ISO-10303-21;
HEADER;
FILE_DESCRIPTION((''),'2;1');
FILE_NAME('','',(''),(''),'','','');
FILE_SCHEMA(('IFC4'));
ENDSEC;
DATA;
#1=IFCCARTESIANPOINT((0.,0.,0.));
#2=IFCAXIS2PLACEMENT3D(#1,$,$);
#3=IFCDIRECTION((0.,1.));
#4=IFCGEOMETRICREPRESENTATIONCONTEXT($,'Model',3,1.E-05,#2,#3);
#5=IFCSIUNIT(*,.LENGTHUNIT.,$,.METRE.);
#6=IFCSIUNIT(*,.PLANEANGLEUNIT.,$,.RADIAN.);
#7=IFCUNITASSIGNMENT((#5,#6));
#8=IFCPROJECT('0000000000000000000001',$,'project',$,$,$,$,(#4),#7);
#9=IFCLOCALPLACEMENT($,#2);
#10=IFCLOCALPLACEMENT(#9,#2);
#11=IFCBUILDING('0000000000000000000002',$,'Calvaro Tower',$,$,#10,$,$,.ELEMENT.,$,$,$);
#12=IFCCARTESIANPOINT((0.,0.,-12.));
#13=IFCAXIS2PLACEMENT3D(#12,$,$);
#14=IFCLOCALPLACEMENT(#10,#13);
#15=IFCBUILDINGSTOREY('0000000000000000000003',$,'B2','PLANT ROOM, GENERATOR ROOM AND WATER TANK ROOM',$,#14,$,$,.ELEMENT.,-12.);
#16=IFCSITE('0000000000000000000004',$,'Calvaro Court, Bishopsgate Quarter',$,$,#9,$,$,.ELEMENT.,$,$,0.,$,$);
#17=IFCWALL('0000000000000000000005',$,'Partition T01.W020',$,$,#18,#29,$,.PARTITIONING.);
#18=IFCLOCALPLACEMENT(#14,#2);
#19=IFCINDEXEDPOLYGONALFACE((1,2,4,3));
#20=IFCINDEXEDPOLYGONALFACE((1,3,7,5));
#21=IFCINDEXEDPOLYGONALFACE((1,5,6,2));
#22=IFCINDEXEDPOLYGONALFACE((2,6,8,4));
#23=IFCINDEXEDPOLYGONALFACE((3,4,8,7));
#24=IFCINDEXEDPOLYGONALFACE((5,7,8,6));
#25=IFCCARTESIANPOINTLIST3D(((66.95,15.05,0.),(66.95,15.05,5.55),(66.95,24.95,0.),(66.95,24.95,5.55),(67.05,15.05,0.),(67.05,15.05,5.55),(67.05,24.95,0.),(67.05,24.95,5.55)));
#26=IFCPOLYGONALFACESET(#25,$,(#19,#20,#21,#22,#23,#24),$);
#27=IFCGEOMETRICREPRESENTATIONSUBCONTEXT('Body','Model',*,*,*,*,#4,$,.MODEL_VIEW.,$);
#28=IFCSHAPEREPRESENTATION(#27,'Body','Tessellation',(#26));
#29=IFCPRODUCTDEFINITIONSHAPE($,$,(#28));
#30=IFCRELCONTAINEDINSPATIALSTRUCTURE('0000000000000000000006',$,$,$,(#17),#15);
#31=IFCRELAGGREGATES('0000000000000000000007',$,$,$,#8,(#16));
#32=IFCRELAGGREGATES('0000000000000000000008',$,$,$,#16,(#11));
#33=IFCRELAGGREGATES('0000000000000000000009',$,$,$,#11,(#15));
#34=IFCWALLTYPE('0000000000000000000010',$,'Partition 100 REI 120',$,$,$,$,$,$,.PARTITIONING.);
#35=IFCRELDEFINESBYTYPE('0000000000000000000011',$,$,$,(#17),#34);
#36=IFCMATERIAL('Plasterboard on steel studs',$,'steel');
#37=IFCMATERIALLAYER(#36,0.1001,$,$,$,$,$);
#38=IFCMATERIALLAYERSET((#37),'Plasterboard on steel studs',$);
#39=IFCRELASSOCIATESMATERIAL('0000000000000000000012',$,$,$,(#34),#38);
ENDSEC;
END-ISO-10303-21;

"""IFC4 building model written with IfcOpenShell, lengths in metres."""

from ifc_helpers import new_model, si_unit, direction, frame, frame_2d, origin, place, context, subcontext, project, spatial, rectangle, extrude, material, layer, layer_set, type_object, element, save


model = new_model("IFC4")

# Units and contexts
model_context = context("Model", 3, precision=1e-05, world=origin(), true_north=direction((0.0, 1.0)))
body_context = subcontext(model_context, "Body", "Model", "MODEL_VIEW")
ifc_project = project(units=[si_unit("LENGTHUNIT", "METRE"), si_unit("PLANEANGLEUNIT", "RADIAN")], contexts=[model_context])

# Site, building, storey
site_placement = place(None, origin())
site = spatial("IfcSite", under=ifc_project, at=site_placement, Name="Calvaro Court, Bishopsgate Quarter", CompositionType="ELEMENT", RefElevation=0.0)
building_placement = place(site_placement, origin())
building = spatial("IfcBuilding", under=site, at=building_placement, Name="Calvaro Tower", CompositionType="ELEMENT")
storey_placement = place(building_placement, frame((0.0, 0.0, -12.0)))
storey = spatial("IfcBuildingStorey", under=building, at=storey_placement, Name="B2", Description="PLANT ROOM, GENERATOR ROOM AND WATER TANK ROOM", CompositionType="ELEMENT", Elevation=-12.0)

# Wall
ifc_material_1 = material(Name="Plasterboard on steel studs", Category="steel")
ifc_layer_1 = layer(ifc_material_1, 0.1001)
ifc_layer_set_1 = layer_set([ifc_layer_1], Name="Plasterboard on steel studs")
wall_type_1 = type_object("IfcWallType", Name="Partition 100 REI 120", PredefinedType="PARTITIONING", material=ifc_layer_set_1)
wall_1_placement = place(storey_placement, frame((67.0, 15.05, 0.0), z_axis=(0.0, 0.0, 1.0), x_axis=(0.0, 1.0, 0.0)))
element("IfcWall", 1, at=wall_1_placement, inside=storey, type_object=wall_type_1, Name="Partition T01.W020", PredefinedType="PARTITIONING", context=body_context, shape_type="SweptSolid", body=[
    extrude(rectangle(XDim=9.8999, YDim=0.1001, at=frame_2d((4.95, 0.0))), origin(), (0.0, 0.0, 1.0), 5.55),
])

save(model, "model.ifc")
